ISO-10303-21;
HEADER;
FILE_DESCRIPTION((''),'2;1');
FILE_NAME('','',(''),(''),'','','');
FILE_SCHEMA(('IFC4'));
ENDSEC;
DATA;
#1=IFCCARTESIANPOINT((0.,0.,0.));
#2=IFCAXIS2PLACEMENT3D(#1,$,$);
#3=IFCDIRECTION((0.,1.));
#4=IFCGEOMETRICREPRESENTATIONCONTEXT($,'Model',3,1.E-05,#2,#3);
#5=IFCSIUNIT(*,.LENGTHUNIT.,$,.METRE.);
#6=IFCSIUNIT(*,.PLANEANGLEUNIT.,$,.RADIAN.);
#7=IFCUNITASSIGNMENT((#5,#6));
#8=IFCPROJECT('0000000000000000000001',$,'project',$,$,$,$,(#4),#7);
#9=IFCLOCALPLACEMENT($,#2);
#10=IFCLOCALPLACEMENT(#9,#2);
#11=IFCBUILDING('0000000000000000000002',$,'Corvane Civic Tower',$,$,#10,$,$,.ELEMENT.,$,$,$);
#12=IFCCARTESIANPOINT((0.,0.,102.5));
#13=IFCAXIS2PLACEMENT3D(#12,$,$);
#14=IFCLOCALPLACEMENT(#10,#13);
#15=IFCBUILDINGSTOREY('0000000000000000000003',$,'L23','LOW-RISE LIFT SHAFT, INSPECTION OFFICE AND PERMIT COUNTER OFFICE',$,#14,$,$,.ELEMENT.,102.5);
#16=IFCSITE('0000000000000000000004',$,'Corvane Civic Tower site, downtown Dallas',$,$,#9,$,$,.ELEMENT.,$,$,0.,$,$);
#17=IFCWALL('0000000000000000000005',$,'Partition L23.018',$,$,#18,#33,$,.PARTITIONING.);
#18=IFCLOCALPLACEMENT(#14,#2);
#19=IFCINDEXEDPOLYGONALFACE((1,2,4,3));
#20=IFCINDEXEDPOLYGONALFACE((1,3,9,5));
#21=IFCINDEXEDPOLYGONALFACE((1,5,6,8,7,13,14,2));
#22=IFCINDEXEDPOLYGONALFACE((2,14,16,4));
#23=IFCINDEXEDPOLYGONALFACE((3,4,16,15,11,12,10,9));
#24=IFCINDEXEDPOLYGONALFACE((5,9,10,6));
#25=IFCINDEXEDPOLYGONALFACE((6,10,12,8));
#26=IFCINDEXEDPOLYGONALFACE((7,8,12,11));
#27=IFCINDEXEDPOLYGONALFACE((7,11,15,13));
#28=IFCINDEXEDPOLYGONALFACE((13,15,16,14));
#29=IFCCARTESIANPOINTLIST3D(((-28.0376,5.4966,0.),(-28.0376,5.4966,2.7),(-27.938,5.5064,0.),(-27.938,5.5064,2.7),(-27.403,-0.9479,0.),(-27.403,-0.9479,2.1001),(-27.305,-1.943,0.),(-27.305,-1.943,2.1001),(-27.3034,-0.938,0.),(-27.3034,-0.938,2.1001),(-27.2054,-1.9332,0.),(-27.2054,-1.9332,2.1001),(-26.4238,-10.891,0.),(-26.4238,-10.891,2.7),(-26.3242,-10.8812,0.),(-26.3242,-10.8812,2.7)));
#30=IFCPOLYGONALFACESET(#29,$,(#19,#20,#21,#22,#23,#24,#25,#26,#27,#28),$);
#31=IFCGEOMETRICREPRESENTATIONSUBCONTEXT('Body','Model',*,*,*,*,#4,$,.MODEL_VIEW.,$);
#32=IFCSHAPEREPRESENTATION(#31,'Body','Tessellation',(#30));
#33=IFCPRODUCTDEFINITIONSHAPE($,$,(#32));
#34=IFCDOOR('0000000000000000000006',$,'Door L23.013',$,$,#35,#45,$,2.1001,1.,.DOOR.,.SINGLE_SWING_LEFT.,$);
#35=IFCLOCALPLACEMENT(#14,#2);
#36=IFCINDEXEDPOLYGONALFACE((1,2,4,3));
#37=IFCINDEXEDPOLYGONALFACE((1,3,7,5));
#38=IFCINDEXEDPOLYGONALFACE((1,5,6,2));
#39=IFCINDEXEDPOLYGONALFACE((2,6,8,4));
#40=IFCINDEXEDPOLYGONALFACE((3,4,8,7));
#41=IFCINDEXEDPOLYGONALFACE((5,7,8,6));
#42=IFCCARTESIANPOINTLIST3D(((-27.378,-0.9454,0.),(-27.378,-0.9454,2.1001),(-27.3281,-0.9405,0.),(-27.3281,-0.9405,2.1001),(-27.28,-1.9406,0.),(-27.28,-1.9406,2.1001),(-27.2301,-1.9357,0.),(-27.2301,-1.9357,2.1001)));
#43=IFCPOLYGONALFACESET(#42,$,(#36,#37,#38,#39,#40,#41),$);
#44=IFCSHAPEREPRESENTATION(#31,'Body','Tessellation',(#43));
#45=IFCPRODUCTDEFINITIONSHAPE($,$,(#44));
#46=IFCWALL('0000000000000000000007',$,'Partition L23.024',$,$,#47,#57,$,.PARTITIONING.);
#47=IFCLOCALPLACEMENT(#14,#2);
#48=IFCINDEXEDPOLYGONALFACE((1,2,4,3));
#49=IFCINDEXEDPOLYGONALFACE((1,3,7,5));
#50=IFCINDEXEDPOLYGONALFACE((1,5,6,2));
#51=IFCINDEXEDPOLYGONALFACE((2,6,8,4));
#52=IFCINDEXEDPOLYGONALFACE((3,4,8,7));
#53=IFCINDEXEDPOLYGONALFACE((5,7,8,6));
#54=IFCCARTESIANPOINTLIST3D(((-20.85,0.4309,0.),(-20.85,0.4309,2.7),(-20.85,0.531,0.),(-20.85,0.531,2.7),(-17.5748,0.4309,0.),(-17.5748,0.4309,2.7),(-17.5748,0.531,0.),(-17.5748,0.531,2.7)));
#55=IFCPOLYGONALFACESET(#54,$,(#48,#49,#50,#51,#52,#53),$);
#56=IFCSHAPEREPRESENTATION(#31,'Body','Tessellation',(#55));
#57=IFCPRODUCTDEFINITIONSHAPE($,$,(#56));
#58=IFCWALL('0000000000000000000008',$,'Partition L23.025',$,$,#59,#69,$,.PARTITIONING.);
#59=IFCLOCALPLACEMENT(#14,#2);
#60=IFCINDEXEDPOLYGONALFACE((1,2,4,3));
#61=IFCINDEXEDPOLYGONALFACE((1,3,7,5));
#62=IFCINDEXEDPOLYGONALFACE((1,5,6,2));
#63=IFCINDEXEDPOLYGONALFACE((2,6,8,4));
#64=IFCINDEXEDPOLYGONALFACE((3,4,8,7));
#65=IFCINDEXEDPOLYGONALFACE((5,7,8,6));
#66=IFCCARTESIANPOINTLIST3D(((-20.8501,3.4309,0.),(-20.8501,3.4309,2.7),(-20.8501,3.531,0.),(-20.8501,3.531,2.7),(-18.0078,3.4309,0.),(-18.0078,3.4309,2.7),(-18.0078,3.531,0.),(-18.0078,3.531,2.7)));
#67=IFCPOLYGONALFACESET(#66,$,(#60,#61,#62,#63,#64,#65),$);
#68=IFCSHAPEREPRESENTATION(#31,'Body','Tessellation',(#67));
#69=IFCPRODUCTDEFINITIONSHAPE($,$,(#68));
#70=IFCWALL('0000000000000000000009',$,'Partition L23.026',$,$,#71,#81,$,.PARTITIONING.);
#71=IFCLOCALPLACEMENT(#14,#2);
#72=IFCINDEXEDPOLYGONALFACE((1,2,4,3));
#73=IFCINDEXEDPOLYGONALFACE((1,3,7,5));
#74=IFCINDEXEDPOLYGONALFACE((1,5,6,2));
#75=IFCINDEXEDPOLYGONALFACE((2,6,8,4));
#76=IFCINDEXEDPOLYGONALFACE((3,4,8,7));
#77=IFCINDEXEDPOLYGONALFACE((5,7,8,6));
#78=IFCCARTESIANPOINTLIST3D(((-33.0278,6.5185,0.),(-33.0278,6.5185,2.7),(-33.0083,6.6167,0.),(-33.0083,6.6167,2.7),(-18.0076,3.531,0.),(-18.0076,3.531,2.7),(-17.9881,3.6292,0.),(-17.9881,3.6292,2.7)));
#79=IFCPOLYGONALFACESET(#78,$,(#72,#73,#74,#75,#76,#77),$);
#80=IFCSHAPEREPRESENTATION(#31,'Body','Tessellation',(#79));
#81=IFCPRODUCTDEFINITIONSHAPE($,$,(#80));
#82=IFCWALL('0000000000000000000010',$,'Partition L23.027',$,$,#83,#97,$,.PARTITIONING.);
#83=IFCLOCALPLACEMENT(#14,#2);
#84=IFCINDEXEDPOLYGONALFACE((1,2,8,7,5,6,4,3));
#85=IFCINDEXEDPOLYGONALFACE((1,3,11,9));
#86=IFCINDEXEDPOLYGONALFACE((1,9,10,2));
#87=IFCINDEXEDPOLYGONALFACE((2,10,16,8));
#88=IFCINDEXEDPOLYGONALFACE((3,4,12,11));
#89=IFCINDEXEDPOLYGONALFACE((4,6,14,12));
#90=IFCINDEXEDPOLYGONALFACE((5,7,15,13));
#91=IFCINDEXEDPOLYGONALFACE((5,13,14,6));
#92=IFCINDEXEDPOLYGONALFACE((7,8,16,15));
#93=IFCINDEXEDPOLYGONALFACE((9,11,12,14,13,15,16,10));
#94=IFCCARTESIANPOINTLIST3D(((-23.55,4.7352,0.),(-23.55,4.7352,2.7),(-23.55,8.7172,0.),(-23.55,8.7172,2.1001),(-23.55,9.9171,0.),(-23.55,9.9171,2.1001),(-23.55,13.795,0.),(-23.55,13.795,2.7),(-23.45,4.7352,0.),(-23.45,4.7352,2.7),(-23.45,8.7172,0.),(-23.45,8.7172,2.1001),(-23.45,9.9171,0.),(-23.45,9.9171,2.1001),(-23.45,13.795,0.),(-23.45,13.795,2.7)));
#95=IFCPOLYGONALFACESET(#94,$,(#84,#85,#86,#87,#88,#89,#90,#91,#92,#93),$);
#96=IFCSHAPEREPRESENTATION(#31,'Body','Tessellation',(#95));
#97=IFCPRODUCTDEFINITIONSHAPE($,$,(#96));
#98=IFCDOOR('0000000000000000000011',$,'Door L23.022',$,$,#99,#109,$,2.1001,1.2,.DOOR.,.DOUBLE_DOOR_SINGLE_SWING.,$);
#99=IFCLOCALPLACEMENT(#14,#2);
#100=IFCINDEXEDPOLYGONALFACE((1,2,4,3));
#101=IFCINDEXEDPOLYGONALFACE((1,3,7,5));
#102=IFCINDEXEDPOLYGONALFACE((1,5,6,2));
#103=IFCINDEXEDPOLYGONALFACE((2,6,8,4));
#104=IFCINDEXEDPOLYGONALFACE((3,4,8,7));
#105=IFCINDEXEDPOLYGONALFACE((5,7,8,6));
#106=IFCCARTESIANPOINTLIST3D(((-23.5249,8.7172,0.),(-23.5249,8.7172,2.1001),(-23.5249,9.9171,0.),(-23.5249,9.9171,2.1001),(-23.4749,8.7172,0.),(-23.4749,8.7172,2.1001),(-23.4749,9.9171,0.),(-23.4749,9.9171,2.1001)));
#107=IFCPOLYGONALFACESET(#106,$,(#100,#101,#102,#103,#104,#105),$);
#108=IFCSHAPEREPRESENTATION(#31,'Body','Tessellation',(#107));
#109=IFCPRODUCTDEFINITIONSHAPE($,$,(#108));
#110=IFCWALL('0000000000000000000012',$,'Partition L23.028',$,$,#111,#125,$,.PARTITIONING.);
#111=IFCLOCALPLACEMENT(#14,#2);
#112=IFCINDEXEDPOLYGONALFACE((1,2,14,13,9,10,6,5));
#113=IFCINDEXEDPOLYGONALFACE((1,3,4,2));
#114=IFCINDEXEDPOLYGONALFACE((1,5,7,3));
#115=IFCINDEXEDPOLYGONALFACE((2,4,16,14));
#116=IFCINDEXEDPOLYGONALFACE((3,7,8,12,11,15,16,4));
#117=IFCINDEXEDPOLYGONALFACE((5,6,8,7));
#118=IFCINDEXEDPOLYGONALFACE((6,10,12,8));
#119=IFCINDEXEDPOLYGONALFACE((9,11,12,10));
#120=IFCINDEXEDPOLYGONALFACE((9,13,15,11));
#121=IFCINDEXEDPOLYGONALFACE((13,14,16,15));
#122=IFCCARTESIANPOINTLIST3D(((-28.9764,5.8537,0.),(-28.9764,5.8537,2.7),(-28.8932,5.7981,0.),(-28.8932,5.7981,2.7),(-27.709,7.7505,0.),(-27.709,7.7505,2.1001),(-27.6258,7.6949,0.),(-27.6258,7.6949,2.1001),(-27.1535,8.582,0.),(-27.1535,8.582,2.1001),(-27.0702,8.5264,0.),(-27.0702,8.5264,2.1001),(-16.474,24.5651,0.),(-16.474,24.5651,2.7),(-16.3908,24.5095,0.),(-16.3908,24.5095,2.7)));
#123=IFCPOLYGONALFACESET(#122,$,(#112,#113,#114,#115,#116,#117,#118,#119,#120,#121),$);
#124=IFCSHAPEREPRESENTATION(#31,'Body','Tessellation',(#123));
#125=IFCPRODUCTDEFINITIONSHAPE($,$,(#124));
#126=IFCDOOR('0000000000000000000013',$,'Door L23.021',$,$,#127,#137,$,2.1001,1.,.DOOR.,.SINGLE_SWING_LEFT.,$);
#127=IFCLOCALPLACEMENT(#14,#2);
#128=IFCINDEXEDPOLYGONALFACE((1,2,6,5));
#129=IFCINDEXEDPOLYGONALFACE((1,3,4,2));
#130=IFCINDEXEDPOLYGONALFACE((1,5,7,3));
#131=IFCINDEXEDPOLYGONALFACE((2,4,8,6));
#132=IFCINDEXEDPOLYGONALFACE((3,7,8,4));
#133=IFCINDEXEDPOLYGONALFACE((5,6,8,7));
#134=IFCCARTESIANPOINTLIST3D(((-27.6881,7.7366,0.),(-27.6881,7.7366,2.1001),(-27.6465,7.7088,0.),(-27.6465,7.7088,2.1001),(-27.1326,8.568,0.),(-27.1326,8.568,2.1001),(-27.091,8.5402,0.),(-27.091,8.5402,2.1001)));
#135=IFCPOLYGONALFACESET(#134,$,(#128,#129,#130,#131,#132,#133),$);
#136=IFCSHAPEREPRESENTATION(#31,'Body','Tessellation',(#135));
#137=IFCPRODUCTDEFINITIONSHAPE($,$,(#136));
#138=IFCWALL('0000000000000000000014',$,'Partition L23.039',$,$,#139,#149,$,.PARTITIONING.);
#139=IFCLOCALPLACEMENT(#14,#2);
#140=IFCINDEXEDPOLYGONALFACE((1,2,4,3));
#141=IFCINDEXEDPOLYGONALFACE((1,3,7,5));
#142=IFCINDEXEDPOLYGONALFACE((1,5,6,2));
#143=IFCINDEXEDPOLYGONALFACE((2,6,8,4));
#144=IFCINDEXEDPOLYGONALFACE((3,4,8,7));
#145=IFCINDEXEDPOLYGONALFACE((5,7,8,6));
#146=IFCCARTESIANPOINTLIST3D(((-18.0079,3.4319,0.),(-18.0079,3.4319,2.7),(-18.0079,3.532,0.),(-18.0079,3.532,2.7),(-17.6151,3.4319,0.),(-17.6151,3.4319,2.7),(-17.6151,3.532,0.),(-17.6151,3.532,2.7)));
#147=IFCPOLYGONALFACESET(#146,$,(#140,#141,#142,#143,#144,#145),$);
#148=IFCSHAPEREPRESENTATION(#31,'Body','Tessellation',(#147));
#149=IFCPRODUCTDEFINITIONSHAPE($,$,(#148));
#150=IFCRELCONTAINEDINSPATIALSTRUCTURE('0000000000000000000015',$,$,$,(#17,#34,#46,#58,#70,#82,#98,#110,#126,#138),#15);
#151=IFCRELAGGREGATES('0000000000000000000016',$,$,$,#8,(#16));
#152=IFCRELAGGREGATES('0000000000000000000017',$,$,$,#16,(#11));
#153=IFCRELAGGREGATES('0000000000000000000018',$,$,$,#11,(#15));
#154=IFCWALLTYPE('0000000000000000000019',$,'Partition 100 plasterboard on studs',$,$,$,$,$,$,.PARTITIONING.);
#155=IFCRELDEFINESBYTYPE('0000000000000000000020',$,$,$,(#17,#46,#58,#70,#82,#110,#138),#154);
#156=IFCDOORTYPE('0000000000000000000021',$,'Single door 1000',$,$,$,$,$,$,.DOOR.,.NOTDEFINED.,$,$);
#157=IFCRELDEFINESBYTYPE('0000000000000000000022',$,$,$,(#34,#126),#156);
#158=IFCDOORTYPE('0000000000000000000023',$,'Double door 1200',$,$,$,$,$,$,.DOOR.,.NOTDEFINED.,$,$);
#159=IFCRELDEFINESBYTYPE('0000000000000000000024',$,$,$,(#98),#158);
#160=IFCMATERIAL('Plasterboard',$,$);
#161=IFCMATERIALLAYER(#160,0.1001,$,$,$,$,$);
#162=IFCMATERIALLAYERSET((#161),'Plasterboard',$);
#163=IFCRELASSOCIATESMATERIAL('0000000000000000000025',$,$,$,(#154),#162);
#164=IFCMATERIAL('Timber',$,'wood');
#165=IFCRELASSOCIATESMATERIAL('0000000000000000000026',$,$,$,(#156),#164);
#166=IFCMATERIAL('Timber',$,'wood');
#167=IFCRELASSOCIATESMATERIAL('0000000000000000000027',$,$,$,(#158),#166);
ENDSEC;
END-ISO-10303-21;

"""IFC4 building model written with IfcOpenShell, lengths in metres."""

from ifc_helpers import new_model, si_unit, direction, frame, frame_2d, origin, place, context, subcontext, project, spatial, rectangle, extrude, material, layer, layer_set, type_object, element, fill, save


model = new_model("IFC4")

# Units and contexts
model_context = context("Model", 3, precision=1e-05, world=origin(), true_north=direction((0.0, 1.0)))
body_context = subcontext(model_context, "Body", "Model", "MODEL_VIEW")
ifc_project = project(units=[si_unit("LENGTHUNIT", "METRE"), si_unit("PLANEANGLEUNIT", "RADIAN")], contexts=[model_context])

# Site, building, storey
site_placement = place(None, origin())
site = spatial("IfcSite", under=ifc_project, at=site_placement, Name="Corvane Civic Tower site, downtown Dallas", CompositionType="ELEMENT", RefElevation=0.0)
building_placement = place(site_placement, origin())
building = spatial("IfcBuilding", under=site, at=building_placement, Name="Corvane Civic Tower", CompositionType="ELEMENT")
storey_placement = place(building_placement, frame((0.0, 0.0, 102.5)))
storey = spatial("IfcBuildingStorey", under=building, at=storey_placement, Name="L23", Description="LOW-RISE LIFT SHAFT, INSPECTION OFFICE AND PERMIT COUNTER OFFICE", CompositionType="ELEMENT", Elevation=102.5)

# Wall, opening, door
ifc_material_1 = material(Name="Plasterboard")
ifc_layer_1 = layer(ifc_material_1, 0.1001)
ifc_layer_set_1 = layer_set([ifc_layer_1], Name="Plasterboard")
wall_type = type_object("IfcWallType", Name="Partition 100 plasterboard on studs", PredefinedType="PARTITIONING", material=ifc_layer_set_1)
wall_1_placement = place(storey_placement, frame((-27.9878, 5.5015, 0.0), z_axis=(0.0, 0.0, 1.0), x_axis=(0.098002, -0.995186, 0.0)))
wall_1 = element("IfcWall", 1, at=wall_1_placement, inside=storey, type_object=wall_type, Name="Partition L23.018", PredefinedType="PARTITIONING", context=body_context, shape_type="SweptSolid", body=[
    extrude(rectangle(XDim=16.4668, YDim=0.1001, at=frame_2d((8.2334, 0.0))), origin(), (0.0, 0.0, 1.0), 2.7),
])
opening_1_placement = place(wall_1_placement, frame((6.4756, 0.0, 0.0)))
opening_1 = element("IfcOpeningElement", 2, at=opening_1_placement, cuts=wall_1, PredefinedType="OPENING", context=body_context, shape_type="SweptSolid", body=[
    extrude(rectangle(XDim=1.0, YDim=2.1001, at=frame_2d((0.5, 1.05))), frame((0.0, 0.0601, 0.0), z_axis=(0.0, -1.0, 0.0), x_axis=(1.0, 0.0, 0.0)), (0.0, 0.0, 1.0), 0.1201),
])
ifc_material_2 = material(Name="Timber", Category="wood")
door_type_1 = type_object("IfcDoorType", Name="Single door 1000", OperationType="NOTDEFINED", PredefinedType="DOOR", material=ifc_material_2)
door_1_placement = place(opening_1_placement, frame((1.0, 0.0, 0.0), z_axis=(0.0, 0.0, 1.0), x_axis=(-1.0, 0.0, 0.0)))
door_1 = element("IfcDoor", 3, at=door_1_placement, inside=storey, type_object=door_type_1, Name="Door L23.013", OperationType="SINGLE_SWING_LEFT", OverallHeight=2.1001, OverallWidth=1.0, PredefinedType="DOOR", context=body_context, shape_type="SweptSolid", body=[
    extrude(rectangle(XDim=1.0, YDim=2.1001, at=frame_2d((0.5, 1.05))), frame((0.0, 0.0249, 0.0), z_axis=(0.0, -1.0, 0.0), x_axis=(1.0, 0.0, 0.0)), (0.0, 0.0, 1.0), 0.05),
])
fill(opening_1, door_1)

# Walls
wall_2_placement = place(storey_placement, frame((-20.8501, 0.481, 0.0), z_axis=(0.0, 0.0, 1.0), x_axis=(1.0, 0.0, 0.0)))
element("IfcWall", 4, at=wall_2_placement, inside=storey, type_object=wall_type, Name="Partition L23.024", PredefinedType="PARTITIONING", context=body_context, shape_type="SweptSolid", body=[
    extrude(rectangle(XDim=3.2751, YDim=0.1001, at=frame_2d((1.6377, 0.0))), origin(), (0.0, 0.0, 1.0), 2.7),
])
wall_3_placement = place(storey_placement, frame((-20.8501, 3.481, 0.0), z_axis=(0.0, 0.0, 1.0), x_axis=(1.0, 0.0, 0.0)))
element("IfcWall", 5, at=wall_3_placement, inside=storey, type_object=wall_type, Name="Partition L23.025", PredefinedType="PARTITIONING", context=body_context, shape_type="SweptSolid", body=[
    extrude(rectangle(XDim=2.8423, YDim=0.1001, at=frame_2d((1.4211, 0.0))), origin(), (0.0, 0.0, 1.0), 2.7),
])
wall_4_placement = place(storey_placement, frame((-33.0181, 6.5676, 0.0), z_axis=(0.0, 0.0, 1.0), x_axis=(0.980787, -0.19508, 0.0)))
element("IfcWall", 6, at=wall_4_placement, inside=storey, type_object=wall_type, Name="Partition L23.026", PredefinedType="PARTITIONING", context=body_context, shape_type="SweptSolid", body=[
    extrude(rectangle(XDim=15.3145, YDim=0.1001, at=frame_2d((7.6572, 0.0))), origin(), (0.0, 0.0, 1.0), 2.7),
])

# Walls, openings, doors
wall_5_placement = place(storey_placement, frame((-23.5, 4.7354, 0.0), z_axis=(0.0, 0.0, 1.0), x_axis=(0.0, 1.0, 0.0)))
wall_5 = element("IfcWall", 7, at=wall_5_placement, inside=storey, type_object=wall_type, Name="Partition L23.027", PredefinedType="PARTITIONING", context=body_context, shape_type="SweptSolid", body=[
    extrude(rectangle(XDim=9.0598, YDim=0.1001, at=frame_2d((4.5298, 0.0))), origin(), (0.0, 0.0, 1.0), 2.7),
])
opening_2_placement = place(wall_5_placement, frame((3.9817, 0.0, 0.0)))
opening_2 = element("IfcOpeningElement", 8, at=opening_2_placement, cuts=wall_5, PredefinedType="OPENING", context=body_context, shape_type="SweptSolid", body=[
    extrude(rectangle(XDim=1.2, YDim=2.1001, at=frame_2d((0.6001, 1.05))), frame((0.0, 0.0601, 0.0), z_axis=(0.0, -1.0, 0.0), x_axis=(1.0, 0.0, 0.0)), (0.0, 0.0, 1.0), 0.1201),
])
ifc_material_3 = material(Name="Timber", Category="wood")
door_type_2 = type_object("IfcDoorType", Name="Double door 1200", OperationType="NOTDEFINED", PredefinedType="DOOR", material=ifc_material_3)
door_2_placement = place(opening_2_placement, origin())
door_2 = element("IfcDoor", 9, at=door_2_placement, inside=storey, type_object=door_type_2, Name="Door L23.022", OperationType="DOUBLE_DOOR_SINGLE_SWING", OverallHeight=2.1001, OverallWidth=1.2, PredefinedType="DOOR", context=body_context, shape_type="SweptSolid", body=[
    extrude(rectangle(XDim=1.2, YDim=2.1001, at=frame_2d((0.6001, 1.05))), frame((0.0, 0.0249, 0.0), z_axis=(0.0, -1.0, 0.0), x_axis=(1.0, 0.0, 0.0)), (0.0, 0.0, 1.0), 0.05),
])
fill(opening_2, door_2)
wall_6_placement = place(storey_placement, frame((-28.9348, 5.8259, 0.0), z_axis=(0.0, 0.0, 1.0), x_axis=(0.555566, 0.831472, 0.0)))
wall_6 = element("IfcWall", 10, at=wall_6_placement, inside=storey, type_object=wall_type, Name="Partition L23.028", PredefinedType="PARTITIONING", context=body_context, shape_type="SweptSolid", body=[
    extrude(rectangle(XDim=22.5039, YDim=0.1001, at=frame_2d((11.252, 0.0))), origin(), (0.0, 0.0, 1.0), 2.7),
])
opening_3_placement = place(wall_6_placement, frame((2.2812, 0.0, 0.0)))
opening_3 = element("IfcOpeningElement", 11, at=opening_3_placement, cuts=wall_6, PredefinedType="OPENING", context=body_context, shape_type="SweptSolid", body=[
    extrude(rectangle(XDim=1.0, YDim=2.1001, at=frame_2d((0.5, 1.05))), frame((0.0, 0.0601, 0.0), z_axis=(0.0, -1.0, 0.0), x_axis=(1.0, 0.0, 0.0)), (0.0, 0.0, 1.0), 0.1201),
])
door_3_placement = place(opening_3_placement, origin())
door_3 = element("IfcDoor", 12, at=door_3_placement, inside=storey, type_object=door_type_1, Name="Door L23.021", OperationType="SINGLE_SWING_LEFT", OverallHeight=2.1001, OverallWidth=1.0, PredefinedType="DOOR", context=body_context, shape_type="SweptSolid", body=[
    extrude(rectangle(XDim=1.0, YDim=2.1001, at=frame_2d((0.5, 1.05))), frame((0.0, 0.0249, 0.0), z_axis=(0.0, -1.0, 0.0), x_axis=(1.0, 0.0, 0.0)), (0.0, 0.0, 1.0), 0.05),
])
fill(opening_3, door_3)

# Wall
wall_7_placement = place(storey_placement, frame((-18.0078, 3.4819, 0.0), z_axis=(0.0, 0.0, 1.0), x_axis=(1.0, 0.0, 0.0)))
element("IfcWall", 13, at=wall_7_placement, inside=storey, type_object=wall_type, Name="Partition L23.039", PredefinedType="PARTITIONING", context=body_context, shape_type="SweptSolid", body=[
    extrude(rectangle(XDim=0.3928, YDim=0.1001, at=frame_2d((0.1963, 0.0))), origin(), (0.0, 0.0, 1.0), 2.7),
])

save(model, "model.ifc")
